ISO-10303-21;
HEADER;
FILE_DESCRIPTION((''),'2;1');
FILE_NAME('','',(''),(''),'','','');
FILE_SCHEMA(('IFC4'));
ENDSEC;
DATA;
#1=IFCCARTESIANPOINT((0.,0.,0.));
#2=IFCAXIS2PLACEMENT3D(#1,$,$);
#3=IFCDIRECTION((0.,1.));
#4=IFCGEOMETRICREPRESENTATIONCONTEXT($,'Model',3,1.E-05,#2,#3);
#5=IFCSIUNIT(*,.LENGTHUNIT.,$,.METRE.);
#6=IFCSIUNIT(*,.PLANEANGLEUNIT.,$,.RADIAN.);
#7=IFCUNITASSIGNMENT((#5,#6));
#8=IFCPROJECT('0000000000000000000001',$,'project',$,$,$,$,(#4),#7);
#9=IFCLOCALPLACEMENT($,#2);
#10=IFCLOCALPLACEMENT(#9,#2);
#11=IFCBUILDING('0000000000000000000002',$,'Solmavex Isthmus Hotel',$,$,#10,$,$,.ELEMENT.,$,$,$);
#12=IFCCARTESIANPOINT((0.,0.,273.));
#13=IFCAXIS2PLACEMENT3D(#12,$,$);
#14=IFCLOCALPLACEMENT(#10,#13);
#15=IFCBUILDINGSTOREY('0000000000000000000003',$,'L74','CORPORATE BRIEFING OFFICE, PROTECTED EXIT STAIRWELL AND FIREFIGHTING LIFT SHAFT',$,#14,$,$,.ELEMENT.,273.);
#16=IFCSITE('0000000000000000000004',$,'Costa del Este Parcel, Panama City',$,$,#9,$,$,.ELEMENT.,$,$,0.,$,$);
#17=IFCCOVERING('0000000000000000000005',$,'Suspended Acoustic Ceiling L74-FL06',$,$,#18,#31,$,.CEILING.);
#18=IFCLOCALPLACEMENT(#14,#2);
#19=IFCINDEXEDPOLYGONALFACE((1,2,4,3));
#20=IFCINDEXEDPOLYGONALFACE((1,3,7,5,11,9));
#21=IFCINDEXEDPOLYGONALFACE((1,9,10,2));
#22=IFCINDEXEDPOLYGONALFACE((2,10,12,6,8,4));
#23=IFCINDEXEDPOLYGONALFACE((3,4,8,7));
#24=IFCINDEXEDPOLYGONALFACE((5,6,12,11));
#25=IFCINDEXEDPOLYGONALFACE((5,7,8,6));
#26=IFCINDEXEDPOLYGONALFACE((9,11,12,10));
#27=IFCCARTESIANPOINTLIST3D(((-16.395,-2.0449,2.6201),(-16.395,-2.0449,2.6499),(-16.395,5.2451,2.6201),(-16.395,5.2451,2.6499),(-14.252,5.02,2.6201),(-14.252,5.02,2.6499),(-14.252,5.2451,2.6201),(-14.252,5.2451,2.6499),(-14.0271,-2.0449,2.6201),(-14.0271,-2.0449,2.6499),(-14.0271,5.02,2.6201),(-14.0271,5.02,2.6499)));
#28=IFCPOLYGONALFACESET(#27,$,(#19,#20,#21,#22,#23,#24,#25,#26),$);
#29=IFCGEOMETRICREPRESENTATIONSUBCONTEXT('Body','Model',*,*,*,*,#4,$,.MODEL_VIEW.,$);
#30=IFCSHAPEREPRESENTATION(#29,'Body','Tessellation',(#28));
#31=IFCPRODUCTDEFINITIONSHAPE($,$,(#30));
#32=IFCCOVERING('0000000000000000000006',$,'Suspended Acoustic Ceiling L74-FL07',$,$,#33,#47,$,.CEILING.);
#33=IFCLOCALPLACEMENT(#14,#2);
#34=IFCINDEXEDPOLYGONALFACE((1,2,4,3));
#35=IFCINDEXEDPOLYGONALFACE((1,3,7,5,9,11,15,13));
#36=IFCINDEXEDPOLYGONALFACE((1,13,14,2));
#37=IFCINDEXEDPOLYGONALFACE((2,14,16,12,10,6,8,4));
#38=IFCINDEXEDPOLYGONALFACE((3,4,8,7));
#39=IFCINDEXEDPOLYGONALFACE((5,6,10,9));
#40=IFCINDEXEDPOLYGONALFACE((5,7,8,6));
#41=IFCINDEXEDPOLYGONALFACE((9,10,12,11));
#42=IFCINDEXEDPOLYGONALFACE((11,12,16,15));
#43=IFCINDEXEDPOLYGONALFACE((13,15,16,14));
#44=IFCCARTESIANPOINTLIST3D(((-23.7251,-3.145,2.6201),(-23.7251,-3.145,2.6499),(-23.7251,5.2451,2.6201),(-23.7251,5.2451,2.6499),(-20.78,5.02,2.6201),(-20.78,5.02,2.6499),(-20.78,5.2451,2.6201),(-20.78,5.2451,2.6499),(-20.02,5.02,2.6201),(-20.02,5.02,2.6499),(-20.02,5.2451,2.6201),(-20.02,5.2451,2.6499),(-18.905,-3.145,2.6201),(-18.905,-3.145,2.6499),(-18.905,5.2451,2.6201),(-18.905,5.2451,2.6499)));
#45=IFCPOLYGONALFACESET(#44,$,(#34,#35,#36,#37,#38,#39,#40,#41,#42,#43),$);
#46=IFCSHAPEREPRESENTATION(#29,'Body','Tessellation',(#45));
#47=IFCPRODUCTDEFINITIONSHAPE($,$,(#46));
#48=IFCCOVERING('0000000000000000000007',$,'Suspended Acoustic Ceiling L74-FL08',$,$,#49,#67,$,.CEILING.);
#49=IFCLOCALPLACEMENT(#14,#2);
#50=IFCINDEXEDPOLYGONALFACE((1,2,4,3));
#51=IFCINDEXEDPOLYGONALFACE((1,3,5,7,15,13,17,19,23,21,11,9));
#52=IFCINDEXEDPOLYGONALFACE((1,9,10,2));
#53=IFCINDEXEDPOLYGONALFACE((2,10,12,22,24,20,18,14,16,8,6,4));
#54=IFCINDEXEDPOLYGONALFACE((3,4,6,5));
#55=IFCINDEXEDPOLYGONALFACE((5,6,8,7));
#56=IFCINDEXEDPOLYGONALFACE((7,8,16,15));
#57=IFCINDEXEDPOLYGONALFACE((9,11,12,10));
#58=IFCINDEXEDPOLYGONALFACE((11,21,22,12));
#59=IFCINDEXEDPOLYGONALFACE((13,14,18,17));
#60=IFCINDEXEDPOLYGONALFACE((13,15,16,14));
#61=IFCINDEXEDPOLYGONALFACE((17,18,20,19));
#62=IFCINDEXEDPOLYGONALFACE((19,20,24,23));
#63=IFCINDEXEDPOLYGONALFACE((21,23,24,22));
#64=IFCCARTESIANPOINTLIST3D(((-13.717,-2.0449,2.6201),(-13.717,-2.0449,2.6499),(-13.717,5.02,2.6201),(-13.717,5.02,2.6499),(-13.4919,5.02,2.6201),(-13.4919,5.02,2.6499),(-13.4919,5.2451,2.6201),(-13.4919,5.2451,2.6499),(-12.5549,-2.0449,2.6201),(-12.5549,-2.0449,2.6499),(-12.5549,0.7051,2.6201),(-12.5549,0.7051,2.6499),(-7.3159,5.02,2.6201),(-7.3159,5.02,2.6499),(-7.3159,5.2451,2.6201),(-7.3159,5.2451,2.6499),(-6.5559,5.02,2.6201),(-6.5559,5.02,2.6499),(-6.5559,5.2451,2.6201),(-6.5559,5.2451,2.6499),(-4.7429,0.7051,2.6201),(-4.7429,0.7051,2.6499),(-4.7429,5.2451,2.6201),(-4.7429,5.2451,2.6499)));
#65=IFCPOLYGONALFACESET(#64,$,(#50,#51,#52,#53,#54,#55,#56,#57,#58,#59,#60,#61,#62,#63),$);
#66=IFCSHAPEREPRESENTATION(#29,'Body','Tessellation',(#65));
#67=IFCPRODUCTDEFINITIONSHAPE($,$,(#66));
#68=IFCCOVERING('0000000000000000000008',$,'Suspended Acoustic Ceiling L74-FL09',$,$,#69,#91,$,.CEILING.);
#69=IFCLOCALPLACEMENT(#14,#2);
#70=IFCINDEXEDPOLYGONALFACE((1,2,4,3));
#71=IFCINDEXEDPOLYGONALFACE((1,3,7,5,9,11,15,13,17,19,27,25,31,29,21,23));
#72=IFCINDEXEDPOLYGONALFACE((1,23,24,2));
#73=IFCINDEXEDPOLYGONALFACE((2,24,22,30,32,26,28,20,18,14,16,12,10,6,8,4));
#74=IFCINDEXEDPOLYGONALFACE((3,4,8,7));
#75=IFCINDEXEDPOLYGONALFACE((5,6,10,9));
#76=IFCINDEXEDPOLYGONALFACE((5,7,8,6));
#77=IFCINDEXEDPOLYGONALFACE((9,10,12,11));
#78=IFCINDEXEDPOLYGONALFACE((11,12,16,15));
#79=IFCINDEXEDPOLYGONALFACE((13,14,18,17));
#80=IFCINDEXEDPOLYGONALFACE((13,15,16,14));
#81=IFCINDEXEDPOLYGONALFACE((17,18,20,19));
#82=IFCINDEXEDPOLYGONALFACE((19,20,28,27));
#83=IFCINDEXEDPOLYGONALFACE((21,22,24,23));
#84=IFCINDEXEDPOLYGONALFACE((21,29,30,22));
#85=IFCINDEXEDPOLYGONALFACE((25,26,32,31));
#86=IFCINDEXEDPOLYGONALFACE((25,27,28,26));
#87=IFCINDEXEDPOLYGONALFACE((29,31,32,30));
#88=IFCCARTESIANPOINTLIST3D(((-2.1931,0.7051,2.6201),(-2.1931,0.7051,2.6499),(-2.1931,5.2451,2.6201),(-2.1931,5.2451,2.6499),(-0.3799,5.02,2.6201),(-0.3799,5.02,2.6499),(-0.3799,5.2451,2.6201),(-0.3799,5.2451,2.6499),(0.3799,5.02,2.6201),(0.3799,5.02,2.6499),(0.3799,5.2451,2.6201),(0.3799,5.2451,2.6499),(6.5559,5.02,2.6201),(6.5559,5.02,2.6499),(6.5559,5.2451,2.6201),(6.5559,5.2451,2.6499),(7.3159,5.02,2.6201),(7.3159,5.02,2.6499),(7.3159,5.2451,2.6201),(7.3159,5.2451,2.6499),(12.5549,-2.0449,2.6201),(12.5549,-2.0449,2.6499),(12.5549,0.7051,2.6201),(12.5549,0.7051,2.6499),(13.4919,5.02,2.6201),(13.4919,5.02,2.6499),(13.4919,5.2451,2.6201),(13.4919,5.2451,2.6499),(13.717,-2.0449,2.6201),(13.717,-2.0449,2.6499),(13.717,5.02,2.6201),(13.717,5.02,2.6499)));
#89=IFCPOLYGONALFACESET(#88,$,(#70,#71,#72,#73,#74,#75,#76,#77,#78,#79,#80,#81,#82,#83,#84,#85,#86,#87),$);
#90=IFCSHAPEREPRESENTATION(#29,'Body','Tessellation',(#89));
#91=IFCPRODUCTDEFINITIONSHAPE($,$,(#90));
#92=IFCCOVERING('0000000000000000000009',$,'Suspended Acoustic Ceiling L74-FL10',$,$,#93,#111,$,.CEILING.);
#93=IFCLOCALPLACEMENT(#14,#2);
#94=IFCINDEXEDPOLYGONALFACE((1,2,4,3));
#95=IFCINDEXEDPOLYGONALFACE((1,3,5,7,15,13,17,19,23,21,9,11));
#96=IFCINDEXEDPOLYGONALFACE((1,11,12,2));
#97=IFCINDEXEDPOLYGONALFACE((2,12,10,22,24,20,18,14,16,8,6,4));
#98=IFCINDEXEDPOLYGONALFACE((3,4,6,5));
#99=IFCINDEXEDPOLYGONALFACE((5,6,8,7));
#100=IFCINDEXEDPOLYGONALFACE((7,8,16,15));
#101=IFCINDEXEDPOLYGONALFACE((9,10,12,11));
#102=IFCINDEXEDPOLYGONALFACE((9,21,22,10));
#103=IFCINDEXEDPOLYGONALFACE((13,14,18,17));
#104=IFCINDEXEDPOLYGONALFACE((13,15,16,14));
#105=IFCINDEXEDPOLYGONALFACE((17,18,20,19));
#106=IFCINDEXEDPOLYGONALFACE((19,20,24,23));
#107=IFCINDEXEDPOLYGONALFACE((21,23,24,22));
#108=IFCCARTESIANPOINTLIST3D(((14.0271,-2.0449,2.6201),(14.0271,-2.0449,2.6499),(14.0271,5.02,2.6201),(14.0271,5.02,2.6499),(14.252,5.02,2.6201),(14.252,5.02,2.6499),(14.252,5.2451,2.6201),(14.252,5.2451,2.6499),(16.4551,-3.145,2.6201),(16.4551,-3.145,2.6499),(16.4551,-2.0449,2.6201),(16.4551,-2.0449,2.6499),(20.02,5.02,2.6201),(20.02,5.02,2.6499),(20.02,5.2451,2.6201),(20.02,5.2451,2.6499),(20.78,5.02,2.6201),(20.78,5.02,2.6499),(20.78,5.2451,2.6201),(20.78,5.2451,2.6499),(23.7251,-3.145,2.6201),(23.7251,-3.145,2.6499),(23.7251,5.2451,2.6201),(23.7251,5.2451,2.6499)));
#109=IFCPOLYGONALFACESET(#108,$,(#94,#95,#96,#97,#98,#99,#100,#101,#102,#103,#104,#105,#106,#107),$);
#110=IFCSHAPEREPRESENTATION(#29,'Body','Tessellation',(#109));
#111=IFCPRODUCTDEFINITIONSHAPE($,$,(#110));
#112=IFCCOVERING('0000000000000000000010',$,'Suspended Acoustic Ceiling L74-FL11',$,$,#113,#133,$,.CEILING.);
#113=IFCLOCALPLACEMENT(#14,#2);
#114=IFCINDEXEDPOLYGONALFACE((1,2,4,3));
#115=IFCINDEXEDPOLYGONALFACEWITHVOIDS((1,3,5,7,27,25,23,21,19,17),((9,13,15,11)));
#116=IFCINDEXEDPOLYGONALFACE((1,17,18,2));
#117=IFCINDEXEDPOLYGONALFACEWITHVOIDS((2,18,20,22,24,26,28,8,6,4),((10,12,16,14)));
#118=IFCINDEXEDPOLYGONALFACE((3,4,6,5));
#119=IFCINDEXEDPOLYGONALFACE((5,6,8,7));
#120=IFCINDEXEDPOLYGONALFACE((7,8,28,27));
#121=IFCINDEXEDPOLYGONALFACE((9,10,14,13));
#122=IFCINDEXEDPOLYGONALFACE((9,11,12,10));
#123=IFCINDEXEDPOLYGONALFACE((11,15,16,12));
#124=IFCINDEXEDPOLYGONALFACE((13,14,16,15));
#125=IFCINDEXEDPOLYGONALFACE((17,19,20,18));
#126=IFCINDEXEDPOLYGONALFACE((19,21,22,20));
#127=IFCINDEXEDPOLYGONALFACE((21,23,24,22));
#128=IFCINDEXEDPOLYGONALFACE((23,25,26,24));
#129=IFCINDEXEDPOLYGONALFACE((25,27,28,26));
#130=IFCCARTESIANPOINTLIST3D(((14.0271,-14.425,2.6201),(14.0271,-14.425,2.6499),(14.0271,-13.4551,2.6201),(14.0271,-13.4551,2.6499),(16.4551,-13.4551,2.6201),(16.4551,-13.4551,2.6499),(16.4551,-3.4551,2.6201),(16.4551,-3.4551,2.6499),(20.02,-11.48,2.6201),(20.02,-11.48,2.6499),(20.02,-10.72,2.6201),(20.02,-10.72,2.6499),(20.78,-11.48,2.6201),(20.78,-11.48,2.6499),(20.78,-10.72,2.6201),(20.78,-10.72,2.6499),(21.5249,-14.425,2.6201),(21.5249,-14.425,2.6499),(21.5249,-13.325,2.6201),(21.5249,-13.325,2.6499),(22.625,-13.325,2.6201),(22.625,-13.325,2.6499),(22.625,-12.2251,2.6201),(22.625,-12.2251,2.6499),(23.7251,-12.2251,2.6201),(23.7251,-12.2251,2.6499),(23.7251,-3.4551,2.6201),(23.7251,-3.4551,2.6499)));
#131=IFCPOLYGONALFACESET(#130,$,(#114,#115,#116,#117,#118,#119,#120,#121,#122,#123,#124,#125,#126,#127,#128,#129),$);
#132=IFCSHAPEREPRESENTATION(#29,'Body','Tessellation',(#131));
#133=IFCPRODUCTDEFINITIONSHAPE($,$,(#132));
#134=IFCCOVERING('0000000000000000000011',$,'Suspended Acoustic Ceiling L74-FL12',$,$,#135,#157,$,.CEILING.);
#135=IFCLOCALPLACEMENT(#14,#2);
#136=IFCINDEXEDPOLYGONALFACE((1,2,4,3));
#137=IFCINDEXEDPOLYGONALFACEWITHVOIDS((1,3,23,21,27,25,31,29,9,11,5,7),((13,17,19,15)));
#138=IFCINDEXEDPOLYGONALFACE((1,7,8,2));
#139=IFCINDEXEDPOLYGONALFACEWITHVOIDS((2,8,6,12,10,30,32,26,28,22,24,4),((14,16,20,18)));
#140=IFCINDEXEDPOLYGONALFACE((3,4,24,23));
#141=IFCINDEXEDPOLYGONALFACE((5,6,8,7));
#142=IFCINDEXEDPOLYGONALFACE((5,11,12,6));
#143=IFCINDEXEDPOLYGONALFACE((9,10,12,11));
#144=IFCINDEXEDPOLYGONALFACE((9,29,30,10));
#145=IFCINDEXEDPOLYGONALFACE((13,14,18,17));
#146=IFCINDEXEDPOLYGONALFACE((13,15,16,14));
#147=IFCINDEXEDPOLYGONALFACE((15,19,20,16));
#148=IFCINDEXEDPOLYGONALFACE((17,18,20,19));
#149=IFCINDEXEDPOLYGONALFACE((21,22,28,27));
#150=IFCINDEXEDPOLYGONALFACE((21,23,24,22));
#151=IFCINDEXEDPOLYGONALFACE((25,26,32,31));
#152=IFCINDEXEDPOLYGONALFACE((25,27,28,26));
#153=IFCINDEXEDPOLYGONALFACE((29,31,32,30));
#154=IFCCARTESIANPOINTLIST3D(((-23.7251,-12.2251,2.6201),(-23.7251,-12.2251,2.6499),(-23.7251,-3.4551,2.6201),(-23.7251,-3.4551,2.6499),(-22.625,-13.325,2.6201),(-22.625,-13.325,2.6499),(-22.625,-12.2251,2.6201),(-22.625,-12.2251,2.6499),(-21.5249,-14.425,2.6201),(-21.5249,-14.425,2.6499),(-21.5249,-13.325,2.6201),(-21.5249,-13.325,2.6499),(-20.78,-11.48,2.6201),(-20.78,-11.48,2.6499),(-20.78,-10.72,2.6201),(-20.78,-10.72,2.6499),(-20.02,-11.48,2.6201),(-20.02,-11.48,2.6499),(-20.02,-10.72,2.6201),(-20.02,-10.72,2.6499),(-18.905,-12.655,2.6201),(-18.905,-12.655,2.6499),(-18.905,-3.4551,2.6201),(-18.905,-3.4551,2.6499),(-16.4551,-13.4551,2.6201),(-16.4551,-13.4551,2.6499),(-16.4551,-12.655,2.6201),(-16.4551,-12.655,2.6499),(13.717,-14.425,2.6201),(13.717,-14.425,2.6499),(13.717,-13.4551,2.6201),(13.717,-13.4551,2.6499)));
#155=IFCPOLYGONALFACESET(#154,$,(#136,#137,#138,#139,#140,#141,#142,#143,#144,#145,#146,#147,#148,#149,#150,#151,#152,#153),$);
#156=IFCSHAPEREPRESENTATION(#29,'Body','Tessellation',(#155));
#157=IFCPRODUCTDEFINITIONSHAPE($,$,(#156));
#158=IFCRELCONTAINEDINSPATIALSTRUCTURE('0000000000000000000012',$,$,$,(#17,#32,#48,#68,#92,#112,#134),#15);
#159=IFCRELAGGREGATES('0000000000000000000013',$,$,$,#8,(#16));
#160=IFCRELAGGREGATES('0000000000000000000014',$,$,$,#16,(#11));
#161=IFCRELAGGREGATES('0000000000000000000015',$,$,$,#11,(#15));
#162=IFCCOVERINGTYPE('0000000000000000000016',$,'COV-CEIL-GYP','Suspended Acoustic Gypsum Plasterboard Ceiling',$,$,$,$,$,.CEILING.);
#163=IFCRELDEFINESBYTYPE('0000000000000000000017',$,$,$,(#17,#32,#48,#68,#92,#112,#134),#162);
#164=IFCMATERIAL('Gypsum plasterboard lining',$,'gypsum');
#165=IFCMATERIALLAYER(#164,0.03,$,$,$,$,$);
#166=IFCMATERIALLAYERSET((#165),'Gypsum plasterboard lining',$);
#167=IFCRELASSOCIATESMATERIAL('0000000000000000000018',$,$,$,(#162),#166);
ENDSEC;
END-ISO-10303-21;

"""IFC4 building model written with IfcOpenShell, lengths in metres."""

from ifc_helpers import new_model, si_unit, direction, frame, origin, place, context, subcontext, project, spatial, polyline, outline, extrude, material, layer, layer_set, type_object, element, save


model = new_model("IFC4")

# Units and contexts
model_context = context("Model", 3, precision=1e-05, world=origin(), true_north=direction((0.0, 1.0)))
body_context = subcontext(model_context, "Body", "Model", "MODEL_VIEW")
ifc_project = project(units=[si_unit("LENGTHUNIT", "METRE"), si_unit("PLANEANGLEUNIT", "RADIAN")], contexts=[model_context])

# Site, building, storey
site_placement = place(None, origin())
site = spatial("IfcSite", under=ifc_project, at=site_placement, Name="Costa del Este Parcel, Panama City", CompositionType="ELEMENT", RefElevation=0.0)
building_placement = place(site_placement, origin())
building = spatial("IfcBuilding", under=site, at=building_placement, Name="Solmavex Isthmus Hotel", CompositionType="ELEMENT")
storey_placement = place(building_placement, frame((0.0, 0.0, 273.0)))
storey = spatial("IfcBuildingStorey", under=building, at=storey_placement, Name="L74", Description="CORPORATE BRIEFING OFFICE, PROTECTED EXIT STAIRWELL AND FIREFIGHTING LIFT SHAFT", CompositionType="ELEMENT", Elevation=273.0)

# Shared definitions
ifc_material_1 = material(Name="Gypsum plasterboard lining", Category="gypsum")

# Coverings
ifc_layer_1 = layer(ifc_material_1, 0.03)
ifc_layer_set_1 = layer_set([ifc_layer_1], Name="Gypsum plasterboard lining")
covering_type_1 = type_object("IfcCoveringType", Name="COV-CEIL-GYP", Description="Suspended Acoustic Gypsum Plasterboard Ceiling", PredefinedType="CEILING", material=ifc_layer_set_1)
covering_1_placement = place(storey_placement, frame((0.0, 0.0, 2.6201)))
element("IfcCovering", 1, at=covering_1_placement, inside=storey, type_object=covering_type_1, Name="Suspended Acoustic Ceiling L74-FL06", PredefinedType="CEILING", context=body_context, shape_type="SweptSolid", body=[
    extrude(outline(polyline([(-16.395, -2.0449), (-14.0271, -2.0449), (-14.0271, 5.02), (-14.252, 5.02), (-14.252, 5.2451), (-16.395, 5.2451), (-16.395, -2.0449)])), origin(), (0.0, 0.0, 1.0), 0.0298),
])
covering_2_placement = place(storey_placement, frame((0.0, 0.0, 2.6201)))
element("IfcCovering", 2, at=covering_2_placement, inside=storey, type_object=covering_type_1, Name="Suspended Acoustic Ceiling L74-FL07", PredefinedType="CEILING", context=body_context, shape_type="SweptSolid", body=[
    extrude(outline(polyline([(-20.02, 5.2451), (-20.02, 5.02), (-20.78, 5.02), (-20.78, 5.2451), (-23.7251, 5.2451), (-23.7251, -3.145), (-18.905, -3.145), (-18.905, 5.2451), (-20.02, 5.2451)])), origin(), (0.0, 0.0, 1.0), 0.0298),
])
covering_3_placement = place(storey_placement, frame((0.0, 0.0, 2.6201)))
element("IfcCovering", 3, at=covering_3_placement, inside=storey, type_object=covering_type_1, Name="Suspended Acoustic Ceiling L74-FL08", PredefinedType="CEILING", context=body_context, shape_type="SweptSolid", body=[
    extrude(outline(polyline([(-6.5559, 5.2451), (-6.5559, 5.02), (-7.3159, 5.02), (-7.3159, 5.2451), (-13.4919, 5.2451), (-13.4919, 5.02), (-13.717, 5.02), (-13.717, -2.0449), (-12.5549, -2.0449), (-12.5549, 0.7051), (-4.7429, 0.7051), (-4.7429, 5.2451), (-6.5559, 5.2451)])), origin(), (0.0, 0.0, 1.0), 0.0298),
])
covering_4_placement = place(storey_placement, frame((0.0, 0.0, 2.6201)))
element("IfcCovering", 4, at=covering_4_placement, inside=storey, type_object=covering_type_1, Name="Suspended Acoustic Ceiling L74-FL09", PredefinedType="CEILING", context=body_context, shape_type="SweptSolid", body=[
    extrude(outline(polyline([(0.3799, 5.2451), (0.3799, 5.02), (-0.3799, 5.02), (-0.3799, 5.2451), (-2.1931, 5.2451), (-2.1931, 0.7051), (12.5549, 0.7051), (12.5549, -2.0449), (13.717, -2.0449), (13.717, 5.02), (13.4919, 5.02), (13.4919, 5.2451), (7.3159, 5.2451), (7.3159, 5.02), (6.5559, 5.02), (6.5559, 5.2451), (0.3799, 5.2451)])), origin(), (0.0, 0.0, 1.0), 0.0298),
])
covering_5_placement = place(storey_placement, frame((0.0, 0.0, 2.6201)))
element("IfcCovering", 5, at=covering_5_placement, inside=storey, type_object=covering_type_1, Name="Suspended Acoustic Ceiling L74-FL10", PredefinedType="CEILING", context=body_context, shape_type="SweptSolid", body=[
    extrude(outline(polyline([(14.252, 5.2451), (14.252, 5.02), (14.0271, 5.02), (14.0271, -2.0449), (16.4551, -2.0449), (16.4551, -3.145), (23.7251, -3.145), (23.7251, 5.2451), (20.78, 5.2451), (20.78, 5.02), (20.02, 5.02), (20.02, 5.2451), (14.252, 5.2451)])), origin(), (0.0, 0.0, 1.0), 0.0298),
])
covering_6_placement = place(storey_placement, frame((0.0, 0.0, 2.6201)))
element("IfcCovering", 6, at=covering_6_placement, inside=storey, type_object=covering_type_1, Name="Suspended Acoustic Ceiling L74-FL11", PredefinedType="CEILING", context=body_context, shape_type="SweptSolid", body=[
    extrude(outline(polyline([(21.5249, -14.425), (21.5249, -13.325), (22.625, -13.325), (22.625, -12.2251), (23.7251, -12.2251), (23.7251, -3.4551), (16.4551, -3.4551), (16.4551, -13.4551), (14.0271, -13.4551), (14.0271, -14.425), (21.5249, -14.425)]), holes=[polyline([(20.02, -11.48), (20.02, -10.72), (20.78, -10.72), (20.78, -11.48), (20.02, -11.48)])]), origin(), (0.0, 0.0, 1.0), 0.0298),
])
covering_7_placement = place(storey_placement, frame((0.0, 0.0, 2.6201)))
element("IfcCovering", 7, at=covering_7_placement, inside=storey, type_object=covering_type_1, Name="Suspended Acoustic Ceiling L74-FL12", PredefinedType="CEILING", context=body_context, shape_type="SweptSolid", body=[
    extrude(outline(polyline([(-22.625, -13.325), (-21.5249, -13.325), (-21.5249, -14.425), (13.717, -14.425), (13.717, -13.4551), (-16.4551, -13.4551), (-16.4551, -12.655), (-18.905, -12.655), (-18.905, -3.4551), (-23.7251, -3.4551), (-23.7251, -12.2251), (-22.625, -12.2251), (-22.625, -13.325)]), holes=[polyline([(-20.78, -11.48), (-20.78, -10.72), (-20.02, -10.72), (-20.02, -11.48), (-20.78, -11.48)])]), origin(), (0.0, 0.0, 1.0), 0.0298),
])

save(model, "model.ifc")
